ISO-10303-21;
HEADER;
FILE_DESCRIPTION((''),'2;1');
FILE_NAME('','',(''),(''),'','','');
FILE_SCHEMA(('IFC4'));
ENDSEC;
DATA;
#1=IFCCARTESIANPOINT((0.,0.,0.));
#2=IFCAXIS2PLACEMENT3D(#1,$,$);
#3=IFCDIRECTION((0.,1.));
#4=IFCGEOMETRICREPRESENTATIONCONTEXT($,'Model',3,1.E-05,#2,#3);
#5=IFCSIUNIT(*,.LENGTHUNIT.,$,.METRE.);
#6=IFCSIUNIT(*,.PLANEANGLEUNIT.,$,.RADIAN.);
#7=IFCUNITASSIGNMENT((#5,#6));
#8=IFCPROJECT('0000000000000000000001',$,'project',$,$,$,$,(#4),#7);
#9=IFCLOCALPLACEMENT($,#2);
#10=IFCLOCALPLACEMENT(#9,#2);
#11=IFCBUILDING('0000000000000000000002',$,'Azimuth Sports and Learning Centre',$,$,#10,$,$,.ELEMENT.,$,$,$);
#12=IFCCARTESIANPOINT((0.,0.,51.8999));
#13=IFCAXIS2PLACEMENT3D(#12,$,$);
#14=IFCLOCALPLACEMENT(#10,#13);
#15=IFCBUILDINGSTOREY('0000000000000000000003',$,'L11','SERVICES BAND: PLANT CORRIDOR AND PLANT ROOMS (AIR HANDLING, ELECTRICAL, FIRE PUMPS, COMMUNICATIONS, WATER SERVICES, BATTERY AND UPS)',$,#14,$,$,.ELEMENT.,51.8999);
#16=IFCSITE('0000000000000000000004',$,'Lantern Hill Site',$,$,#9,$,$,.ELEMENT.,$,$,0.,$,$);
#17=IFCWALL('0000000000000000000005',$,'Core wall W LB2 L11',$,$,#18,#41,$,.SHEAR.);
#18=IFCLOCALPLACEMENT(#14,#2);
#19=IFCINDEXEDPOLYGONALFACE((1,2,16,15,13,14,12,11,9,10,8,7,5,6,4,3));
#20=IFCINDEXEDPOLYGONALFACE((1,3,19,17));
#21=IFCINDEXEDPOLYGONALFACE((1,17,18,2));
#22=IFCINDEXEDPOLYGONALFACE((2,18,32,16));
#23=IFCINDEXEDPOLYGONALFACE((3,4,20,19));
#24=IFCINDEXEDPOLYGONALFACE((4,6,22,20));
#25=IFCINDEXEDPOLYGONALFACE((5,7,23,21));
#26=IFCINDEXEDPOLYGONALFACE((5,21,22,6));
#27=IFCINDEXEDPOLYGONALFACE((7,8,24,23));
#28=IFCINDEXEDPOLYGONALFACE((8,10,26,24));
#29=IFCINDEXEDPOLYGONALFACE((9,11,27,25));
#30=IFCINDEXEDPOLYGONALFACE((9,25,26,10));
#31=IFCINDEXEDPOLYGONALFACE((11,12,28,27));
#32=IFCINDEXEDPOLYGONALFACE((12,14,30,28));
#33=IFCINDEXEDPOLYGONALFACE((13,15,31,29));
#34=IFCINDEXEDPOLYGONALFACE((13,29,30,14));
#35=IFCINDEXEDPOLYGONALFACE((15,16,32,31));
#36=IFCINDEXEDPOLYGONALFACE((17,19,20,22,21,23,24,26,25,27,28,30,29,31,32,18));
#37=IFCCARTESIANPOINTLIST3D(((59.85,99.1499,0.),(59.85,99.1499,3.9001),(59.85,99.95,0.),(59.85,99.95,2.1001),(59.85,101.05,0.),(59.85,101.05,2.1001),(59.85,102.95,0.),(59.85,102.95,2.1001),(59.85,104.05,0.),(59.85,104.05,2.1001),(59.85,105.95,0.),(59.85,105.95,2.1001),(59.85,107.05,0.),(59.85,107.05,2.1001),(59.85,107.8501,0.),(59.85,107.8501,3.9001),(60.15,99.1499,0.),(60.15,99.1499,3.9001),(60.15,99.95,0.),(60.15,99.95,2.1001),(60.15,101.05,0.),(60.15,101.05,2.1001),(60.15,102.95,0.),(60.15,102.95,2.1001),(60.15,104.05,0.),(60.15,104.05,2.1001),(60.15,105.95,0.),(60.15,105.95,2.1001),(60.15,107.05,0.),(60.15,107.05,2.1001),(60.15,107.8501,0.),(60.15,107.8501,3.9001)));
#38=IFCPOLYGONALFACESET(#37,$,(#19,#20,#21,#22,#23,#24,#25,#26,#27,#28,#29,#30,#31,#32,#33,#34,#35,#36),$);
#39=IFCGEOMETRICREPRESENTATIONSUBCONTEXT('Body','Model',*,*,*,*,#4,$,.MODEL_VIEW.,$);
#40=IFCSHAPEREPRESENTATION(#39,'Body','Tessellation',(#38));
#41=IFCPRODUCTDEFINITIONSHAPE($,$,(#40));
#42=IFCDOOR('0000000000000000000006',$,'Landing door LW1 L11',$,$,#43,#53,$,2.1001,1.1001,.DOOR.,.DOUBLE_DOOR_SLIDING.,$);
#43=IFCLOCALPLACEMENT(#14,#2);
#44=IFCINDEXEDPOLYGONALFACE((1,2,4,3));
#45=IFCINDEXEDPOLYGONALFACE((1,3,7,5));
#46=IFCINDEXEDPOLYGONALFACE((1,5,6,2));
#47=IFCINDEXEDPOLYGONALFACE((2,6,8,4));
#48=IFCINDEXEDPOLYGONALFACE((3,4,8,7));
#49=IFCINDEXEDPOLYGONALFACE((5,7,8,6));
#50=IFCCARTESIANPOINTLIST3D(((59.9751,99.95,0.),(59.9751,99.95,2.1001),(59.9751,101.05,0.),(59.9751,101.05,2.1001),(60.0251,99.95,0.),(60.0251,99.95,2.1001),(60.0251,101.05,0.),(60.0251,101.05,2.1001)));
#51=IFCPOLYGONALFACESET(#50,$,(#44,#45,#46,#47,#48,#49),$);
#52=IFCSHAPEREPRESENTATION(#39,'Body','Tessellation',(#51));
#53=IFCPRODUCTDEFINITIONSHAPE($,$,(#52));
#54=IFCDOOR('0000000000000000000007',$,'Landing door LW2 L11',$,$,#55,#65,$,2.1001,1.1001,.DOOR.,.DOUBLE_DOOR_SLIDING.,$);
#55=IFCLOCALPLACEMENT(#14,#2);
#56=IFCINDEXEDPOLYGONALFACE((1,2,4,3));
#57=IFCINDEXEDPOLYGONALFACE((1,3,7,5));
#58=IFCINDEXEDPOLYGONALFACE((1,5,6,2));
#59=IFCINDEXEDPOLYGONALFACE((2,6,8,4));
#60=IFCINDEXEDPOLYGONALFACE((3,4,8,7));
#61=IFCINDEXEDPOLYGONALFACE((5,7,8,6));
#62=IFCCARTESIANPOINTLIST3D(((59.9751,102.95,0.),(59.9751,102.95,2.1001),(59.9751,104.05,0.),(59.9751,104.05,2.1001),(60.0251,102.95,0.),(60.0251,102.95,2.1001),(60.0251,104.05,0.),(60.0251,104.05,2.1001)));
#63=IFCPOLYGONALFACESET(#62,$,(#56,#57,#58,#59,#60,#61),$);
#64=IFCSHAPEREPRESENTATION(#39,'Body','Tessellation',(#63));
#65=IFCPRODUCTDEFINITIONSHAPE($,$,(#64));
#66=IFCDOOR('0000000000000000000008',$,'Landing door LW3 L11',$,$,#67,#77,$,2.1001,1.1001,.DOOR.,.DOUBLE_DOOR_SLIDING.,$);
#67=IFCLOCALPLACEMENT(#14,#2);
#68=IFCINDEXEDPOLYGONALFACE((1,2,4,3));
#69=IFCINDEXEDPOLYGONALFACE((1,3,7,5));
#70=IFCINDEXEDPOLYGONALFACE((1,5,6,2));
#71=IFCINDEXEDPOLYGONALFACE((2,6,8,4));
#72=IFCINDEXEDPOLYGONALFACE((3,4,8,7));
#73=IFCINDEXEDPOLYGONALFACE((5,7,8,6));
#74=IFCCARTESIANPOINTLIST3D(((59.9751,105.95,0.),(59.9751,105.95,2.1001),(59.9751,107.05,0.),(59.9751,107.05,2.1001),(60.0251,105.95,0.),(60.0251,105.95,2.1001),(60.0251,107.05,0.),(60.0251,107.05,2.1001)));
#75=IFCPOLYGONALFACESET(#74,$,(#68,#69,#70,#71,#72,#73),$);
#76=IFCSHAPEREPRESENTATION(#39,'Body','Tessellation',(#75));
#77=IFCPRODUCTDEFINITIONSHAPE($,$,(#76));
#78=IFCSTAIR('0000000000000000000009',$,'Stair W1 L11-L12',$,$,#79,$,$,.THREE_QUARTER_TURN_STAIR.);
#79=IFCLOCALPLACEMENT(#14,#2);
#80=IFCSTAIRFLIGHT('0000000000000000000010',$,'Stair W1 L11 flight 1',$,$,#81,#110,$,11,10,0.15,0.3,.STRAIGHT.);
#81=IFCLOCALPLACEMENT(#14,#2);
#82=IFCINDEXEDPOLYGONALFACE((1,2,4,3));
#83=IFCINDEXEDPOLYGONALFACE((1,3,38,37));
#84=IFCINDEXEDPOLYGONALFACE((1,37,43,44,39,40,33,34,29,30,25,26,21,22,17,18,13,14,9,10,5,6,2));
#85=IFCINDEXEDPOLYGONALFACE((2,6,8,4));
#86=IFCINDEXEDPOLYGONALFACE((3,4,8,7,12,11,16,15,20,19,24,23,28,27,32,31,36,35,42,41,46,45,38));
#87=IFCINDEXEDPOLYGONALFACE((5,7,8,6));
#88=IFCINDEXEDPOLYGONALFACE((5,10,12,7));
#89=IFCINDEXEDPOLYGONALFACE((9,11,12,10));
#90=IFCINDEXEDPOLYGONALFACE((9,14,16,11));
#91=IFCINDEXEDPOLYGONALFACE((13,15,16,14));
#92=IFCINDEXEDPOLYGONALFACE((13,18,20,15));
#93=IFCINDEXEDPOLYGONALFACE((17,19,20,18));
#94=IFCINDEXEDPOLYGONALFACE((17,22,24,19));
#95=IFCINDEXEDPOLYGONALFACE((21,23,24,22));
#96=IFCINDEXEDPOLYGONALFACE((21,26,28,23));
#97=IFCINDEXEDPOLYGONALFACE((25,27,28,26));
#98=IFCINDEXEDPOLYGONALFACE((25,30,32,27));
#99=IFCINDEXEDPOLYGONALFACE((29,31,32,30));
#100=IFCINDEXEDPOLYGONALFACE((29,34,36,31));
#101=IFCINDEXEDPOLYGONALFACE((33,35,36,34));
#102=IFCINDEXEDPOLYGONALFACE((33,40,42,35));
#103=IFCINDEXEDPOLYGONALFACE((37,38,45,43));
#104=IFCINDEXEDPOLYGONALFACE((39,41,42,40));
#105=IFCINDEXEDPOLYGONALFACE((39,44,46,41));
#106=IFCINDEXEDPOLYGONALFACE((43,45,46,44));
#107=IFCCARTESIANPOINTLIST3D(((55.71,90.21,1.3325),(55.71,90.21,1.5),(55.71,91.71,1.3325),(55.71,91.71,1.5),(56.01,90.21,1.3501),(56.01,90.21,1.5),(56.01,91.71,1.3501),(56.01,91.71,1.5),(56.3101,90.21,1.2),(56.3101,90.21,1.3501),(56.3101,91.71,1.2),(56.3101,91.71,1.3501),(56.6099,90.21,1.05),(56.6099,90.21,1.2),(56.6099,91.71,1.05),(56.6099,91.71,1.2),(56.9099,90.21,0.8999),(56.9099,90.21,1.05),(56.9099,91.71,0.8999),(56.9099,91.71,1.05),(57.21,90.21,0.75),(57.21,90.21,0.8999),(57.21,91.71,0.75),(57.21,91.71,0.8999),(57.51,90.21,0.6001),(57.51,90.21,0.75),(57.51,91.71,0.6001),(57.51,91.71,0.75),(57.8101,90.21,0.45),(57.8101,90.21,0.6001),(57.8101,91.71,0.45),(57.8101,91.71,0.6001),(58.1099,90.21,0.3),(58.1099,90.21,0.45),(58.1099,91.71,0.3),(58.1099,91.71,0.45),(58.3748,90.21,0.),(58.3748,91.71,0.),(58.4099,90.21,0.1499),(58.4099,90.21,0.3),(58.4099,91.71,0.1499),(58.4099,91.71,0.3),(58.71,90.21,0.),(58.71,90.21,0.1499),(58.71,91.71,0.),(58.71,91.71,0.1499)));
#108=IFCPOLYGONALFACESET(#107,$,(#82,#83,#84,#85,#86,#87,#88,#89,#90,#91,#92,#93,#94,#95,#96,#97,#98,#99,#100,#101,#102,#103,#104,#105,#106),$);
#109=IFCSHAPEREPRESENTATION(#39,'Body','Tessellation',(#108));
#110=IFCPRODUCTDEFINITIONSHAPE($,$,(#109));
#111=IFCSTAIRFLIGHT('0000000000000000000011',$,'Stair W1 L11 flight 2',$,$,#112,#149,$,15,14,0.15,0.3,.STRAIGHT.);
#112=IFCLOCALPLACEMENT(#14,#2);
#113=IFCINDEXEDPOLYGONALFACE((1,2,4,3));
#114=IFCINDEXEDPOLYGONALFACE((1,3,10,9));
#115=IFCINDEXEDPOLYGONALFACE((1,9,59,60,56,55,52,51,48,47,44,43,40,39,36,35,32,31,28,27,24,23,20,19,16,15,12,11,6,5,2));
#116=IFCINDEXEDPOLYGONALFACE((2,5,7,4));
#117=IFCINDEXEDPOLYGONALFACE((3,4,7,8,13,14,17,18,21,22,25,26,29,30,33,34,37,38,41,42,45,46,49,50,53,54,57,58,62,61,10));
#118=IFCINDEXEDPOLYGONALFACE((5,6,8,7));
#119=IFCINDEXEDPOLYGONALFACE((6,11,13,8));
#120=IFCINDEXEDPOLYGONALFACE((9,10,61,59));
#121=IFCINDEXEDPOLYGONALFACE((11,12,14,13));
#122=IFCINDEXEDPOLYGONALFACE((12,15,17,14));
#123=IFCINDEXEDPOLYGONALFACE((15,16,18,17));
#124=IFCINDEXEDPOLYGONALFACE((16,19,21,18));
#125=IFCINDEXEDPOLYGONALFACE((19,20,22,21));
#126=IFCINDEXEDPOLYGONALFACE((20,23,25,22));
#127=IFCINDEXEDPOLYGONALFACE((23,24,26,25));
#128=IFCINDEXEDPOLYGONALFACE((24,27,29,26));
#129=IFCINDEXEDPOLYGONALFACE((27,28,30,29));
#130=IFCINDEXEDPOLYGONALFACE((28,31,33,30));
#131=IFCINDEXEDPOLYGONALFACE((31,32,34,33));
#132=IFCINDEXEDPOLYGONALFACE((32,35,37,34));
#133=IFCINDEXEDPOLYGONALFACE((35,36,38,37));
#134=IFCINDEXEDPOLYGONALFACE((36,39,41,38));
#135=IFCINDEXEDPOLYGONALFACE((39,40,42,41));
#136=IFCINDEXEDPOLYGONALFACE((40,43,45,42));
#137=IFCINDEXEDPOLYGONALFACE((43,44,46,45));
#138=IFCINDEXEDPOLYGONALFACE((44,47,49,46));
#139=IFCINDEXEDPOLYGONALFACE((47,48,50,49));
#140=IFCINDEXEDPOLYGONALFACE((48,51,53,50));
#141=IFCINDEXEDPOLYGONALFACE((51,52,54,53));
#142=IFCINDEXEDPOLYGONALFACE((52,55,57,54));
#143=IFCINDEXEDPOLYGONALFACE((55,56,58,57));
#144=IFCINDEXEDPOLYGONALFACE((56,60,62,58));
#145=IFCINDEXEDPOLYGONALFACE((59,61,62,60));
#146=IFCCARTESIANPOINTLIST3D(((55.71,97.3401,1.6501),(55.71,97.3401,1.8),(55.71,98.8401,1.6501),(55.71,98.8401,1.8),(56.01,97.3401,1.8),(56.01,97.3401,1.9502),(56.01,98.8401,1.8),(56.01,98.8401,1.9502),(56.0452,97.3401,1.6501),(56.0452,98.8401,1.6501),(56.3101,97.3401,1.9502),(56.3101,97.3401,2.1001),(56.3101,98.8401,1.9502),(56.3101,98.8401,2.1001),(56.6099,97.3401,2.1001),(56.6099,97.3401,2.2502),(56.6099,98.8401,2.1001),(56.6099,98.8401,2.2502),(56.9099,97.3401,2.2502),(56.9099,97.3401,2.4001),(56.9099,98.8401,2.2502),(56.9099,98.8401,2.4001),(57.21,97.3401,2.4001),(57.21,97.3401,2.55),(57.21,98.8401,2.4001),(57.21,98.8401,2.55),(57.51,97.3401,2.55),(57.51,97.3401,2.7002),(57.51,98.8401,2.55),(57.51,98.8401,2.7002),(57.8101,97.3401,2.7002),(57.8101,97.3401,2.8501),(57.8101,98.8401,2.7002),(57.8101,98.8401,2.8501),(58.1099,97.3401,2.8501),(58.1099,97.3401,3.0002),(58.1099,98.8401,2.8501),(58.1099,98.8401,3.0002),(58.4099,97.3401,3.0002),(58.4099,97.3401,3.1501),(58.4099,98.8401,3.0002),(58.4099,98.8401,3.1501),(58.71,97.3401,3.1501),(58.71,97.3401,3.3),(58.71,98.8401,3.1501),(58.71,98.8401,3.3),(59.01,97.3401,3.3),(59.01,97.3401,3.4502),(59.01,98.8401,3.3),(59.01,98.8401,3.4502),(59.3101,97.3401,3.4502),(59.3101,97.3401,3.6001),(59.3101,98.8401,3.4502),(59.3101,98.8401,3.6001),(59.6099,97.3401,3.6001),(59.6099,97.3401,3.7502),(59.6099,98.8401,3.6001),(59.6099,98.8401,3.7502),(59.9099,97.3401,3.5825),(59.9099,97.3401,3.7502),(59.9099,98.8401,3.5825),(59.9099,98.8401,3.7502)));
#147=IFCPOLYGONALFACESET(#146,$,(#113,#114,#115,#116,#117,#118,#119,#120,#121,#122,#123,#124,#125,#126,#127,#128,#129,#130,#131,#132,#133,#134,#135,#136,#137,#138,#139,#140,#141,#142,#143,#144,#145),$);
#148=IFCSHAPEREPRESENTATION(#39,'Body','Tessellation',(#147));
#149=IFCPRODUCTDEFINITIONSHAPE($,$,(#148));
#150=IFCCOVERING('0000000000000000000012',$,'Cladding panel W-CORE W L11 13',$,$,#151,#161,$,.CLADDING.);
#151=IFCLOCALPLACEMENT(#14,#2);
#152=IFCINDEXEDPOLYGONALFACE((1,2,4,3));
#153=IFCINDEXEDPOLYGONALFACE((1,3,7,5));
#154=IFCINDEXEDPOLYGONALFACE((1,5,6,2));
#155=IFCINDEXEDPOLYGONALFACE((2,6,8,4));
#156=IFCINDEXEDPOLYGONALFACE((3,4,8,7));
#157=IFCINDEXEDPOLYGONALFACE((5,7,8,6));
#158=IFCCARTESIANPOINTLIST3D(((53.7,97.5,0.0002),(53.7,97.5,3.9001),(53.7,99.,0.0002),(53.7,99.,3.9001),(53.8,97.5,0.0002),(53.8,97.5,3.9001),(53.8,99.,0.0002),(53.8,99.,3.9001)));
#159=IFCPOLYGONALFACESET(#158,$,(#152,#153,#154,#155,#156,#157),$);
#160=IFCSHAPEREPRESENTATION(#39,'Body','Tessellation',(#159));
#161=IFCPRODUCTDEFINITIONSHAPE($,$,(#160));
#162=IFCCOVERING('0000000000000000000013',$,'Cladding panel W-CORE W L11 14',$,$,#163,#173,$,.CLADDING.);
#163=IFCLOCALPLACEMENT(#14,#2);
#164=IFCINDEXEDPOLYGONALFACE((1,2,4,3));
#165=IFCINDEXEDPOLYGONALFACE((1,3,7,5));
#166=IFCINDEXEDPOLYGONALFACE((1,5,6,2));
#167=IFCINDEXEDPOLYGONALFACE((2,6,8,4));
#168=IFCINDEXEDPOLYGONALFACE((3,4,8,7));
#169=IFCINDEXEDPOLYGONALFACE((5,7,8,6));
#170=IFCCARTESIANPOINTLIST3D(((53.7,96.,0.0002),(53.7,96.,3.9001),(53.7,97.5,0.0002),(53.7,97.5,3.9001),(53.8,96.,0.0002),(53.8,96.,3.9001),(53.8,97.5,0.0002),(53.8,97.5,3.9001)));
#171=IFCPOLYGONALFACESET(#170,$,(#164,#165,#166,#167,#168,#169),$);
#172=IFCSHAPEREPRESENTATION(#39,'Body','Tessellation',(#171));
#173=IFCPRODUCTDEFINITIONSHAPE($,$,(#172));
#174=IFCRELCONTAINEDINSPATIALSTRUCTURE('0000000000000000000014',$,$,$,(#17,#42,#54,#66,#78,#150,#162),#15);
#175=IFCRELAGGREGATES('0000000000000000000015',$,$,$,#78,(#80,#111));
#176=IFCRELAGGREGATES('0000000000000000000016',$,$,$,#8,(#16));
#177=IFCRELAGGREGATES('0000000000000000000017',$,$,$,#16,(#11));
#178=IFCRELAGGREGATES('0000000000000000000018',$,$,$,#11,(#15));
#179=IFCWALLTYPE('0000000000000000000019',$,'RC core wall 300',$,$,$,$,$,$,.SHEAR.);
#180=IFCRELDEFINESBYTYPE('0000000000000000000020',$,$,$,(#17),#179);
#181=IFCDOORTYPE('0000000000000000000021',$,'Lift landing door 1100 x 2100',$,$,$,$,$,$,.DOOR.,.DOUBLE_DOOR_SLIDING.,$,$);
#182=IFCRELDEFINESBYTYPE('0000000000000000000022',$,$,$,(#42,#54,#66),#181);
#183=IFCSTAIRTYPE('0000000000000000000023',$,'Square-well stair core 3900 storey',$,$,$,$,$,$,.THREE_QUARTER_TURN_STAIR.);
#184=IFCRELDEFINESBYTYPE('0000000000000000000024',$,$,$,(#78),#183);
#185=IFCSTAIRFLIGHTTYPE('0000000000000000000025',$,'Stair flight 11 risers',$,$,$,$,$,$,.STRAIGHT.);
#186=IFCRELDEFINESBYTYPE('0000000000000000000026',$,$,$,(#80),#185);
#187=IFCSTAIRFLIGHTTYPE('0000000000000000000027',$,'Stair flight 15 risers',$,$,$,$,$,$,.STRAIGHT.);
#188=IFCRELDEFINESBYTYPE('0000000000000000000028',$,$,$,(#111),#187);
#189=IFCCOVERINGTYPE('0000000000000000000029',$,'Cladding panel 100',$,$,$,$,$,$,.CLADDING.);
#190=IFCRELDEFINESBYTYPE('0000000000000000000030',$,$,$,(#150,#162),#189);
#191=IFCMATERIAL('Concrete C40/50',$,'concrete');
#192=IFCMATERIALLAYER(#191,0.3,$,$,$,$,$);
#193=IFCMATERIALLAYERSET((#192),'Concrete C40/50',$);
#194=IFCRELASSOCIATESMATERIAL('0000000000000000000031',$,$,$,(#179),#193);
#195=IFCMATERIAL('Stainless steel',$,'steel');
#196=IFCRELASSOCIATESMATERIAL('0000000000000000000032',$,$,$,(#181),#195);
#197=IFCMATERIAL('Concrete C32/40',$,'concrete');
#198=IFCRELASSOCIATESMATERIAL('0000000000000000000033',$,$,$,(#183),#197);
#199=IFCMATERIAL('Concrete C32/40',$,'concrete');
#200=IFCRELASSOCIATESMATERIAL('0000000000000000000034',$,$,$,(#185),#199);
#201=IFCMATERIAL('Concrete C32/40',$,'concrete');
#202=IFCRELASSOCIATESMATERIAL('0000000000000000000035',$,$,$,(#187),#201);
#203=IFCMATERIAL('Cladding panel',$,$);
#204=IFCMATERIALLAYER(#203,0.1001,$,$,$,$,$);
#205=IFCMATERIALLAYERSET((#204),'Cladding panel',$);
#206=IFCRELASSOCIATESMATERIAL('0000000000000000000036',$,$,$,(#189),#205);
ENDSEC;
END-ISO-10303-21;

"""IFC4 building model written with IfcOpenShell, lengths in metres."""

from ifc_helpers import new_model, si_unit, direction, frame, frame_2d, origin, origin_2d, place, context, subcontext, project, spatial, polyline, rectangle, outline, extrude, material, layer, layer_set, type_object, element, fill, aggregate, save


model = new_model("IFC4")

# Units and contexts
model_context = context("Model", 3, precision=1e-05, world=origin(), true_north=direction((0.0, 1.0)))
body_context = subcontext(model_context, "Body", "Model", "MODEL_VIEW")
ifc_project = project(units=[si_unit("LENGTHUNIT", "METRE"), si_unit("PLANEANGLEUNIT", "RADIAN")], contexts=[model_context])

# Site, building, storey
site_placement = place(None, origin())
site = spatial("IfcSite", under=ifc_project, at=site_placement, Name="Lantern Hill Site", CompositionType="ELEMENT", RefElevation=0.0)
building_placement = place(site_placement, origin())
building = spatial("IfcBuilding", under=site, at=building_placement, Name="Azimuth Sports and Learning Centre", CompositionType="ELEMENT")
storey_placement = place(building_placement, frame((0.0, 0.0, 51.8999)))
storey = spatial("IfcBuildingStorey", under=building, at=storey_placement, Name="L11", Description="SERVICES BAND: PLANT CORRIDOR AND PLANT ROOMS (AIR HANDLING, ELECTRICAL, FIRE PUMPS, COMMUNICATIONS, WATER SERVICES, BATTERY AND UPS)", CompositionType="ELEMENT", Elevation=51.8999)

# Shared definitions
ifc_material_1 = material(Name="Concrete C40/50", Category="concrete")
ifc_layer_1 = layer(ifc_material_1, 0.3)
ifc_layer_set_1 = layer_set([ifc_layer_1], Name="Concrete C40/50")
wall_type = type_object("IfcWallType", Name="RC core wall 300", PredefinedType="SHEAR", material=ifc_layer_set_1)

# Wall, openings, doors
wall_1_placement = place(storey_placement, frame((60.0, 99.1499, 0.0), z_axis=(0.0, 0.0, 1.0), x_axis=(0.0, 1.0, 0.0)))
wall_1 = element("IfcWall", 1, at=wall_1_placement, inside=storey, type_object=wall_type, Name="Core wall W LB2 L11", PredefinedType="SHEAR", context=body_context, shape_type="SweptSolid", body=[
    extrude(rectangle(XDim=8.7002, YDim=0.3, at=frame_2d((4.3501, 0.0))), origin(), (0.0, 0.0, 1.0), 3.9001),
])
opening_1_placement = place(wall_1_placement, frame((0.8, 0.0, 0.0)))
opening_1 = element("IfcOpeningElement", 2, at=opening_1_placement, cuts=wall_1, PredefinedType="OPENING", context=body_context, shape_type="SweptSolid", body=[
    extrude(rectangle(XDim=1.1001, YDim=2.1001, at=frame_2d((0.55, 1.05))), frame((0.0, 0.1611, 0.0), z_axis=(0.0, -1.0, 0.0), x_axis=(1.0, 0.0, 0.0)), (0.0, 0.0, 1.0), 0.322),
])
opening_2_placement = place(wall_1_placement, frame((3.8, 0.0, 0.0)))
opening_2 = element("IfcOpeningElement", 3, at=opening_2_placement, cuts=wall_1, PredefinedType="OPENING", context=body_context, shape_type="SweptSolid", body=[
    extrude(rectangle(XDim=1.1001, YDim=2.1001, at=frame_2d((0.55, 1.05))), frame((0.0, 0.1611, 0.0), z_axis=(0.0, -1.0, 0.0), x_axis=(1.0, 0.0, 0.0)), (0.0, 0.0, 1.0), 0.322),
])
opening_3_placement = place(wall_1_placement, frame((6.8, 0.0, 0.0)))
opening_3 = element("IfcOpeningElement", 4, at=opening_3_placement, cuts=wall_1, PredefinedType="OPENING", context=body_context, shape_type="SweptSolid", body=[
    extrude(rectangle(XDim=1.1001, YDim=2.1001, at=frame_2d((0.55, 1.05))), frame((0.0, 0.1611, 0.0), z_axis=(0.0, -1.0, 0.0), x_axis=(1.0, 0.0, 0.0)), (0.0, 0.0, 1.0), 0.322),
])
ifc_material_2 = material(Name="Stainless steel", Category="steel")
door_type = type_object("IfcDoorType", Name="Lift landing door 1100 x 2100", OperationType="DOUBLE_DOOR_SLIDING", PredefinedType="DOOR", material=ifc_material_2)
door_1_placement = place(opening_1_placement, origin())
door_1 = element("IfcDoor", 5, at=door_1_placement, inside=storey, type_object=door_type, Name="Landing door LW1 L11", OperationType="DOUBLE_DOOR_SLIDING", OverallHeight=2.1001, OverallWidth=1.1001, PredefinedType="DOOR", context=body_context, shape_type="SweptSolid", body=[
    extrude(rectangle(XDim=1.1001, YDim=2.1001, at=frame_2d((0.55, 1.05))), frame((0.0, 0.0249, 0.0), z_axis=(0.0, -1.0, 0.0), x_axis=(1.0, 0.0, 0.0)), (0.0, 0.0, 1.0), 0.05),
])
fill(opening_1, door_1)
door_2_placement = place(opening_2_placement, origin())
door_2 = element("IfcDoor", 6, at=door_2_placement, inside=storey, type_object=door_type, Name="Landing door LW2 L11", OperationType="DOUBLE_DOOR_SLIDING", OverallHeight=2.1001, OverallWidth=1.1001, PredefinedType="DOOR", context=body_context, shape_type="SweptSolid", body=[
    extrude(rectangle(XDim=1.1001, YDim=2.1001, at=frame_2d((0.55, 1.05))), frame((0.0, 0.0249, 0.0), z_axis=(0.0, -1.0, 0.0), x_axis=(1.0, 0.0, 0.0)), (0.0, 0.0, 1.0), 0.05),
])
fill(opening_2, door_2)
door_3_placement = place(opening_3_placement, origin())
door_3 = element("IfcDoor", 7, at=door_3_placement, inside=storey, type_object=door_type, Name="Landing door LW3 L11", OperationType="DOUBLE_DOOR_SLIDING", OverallHeight=2.1001, OverallWidth=1.1001, PredefinedType="DOOR", context=body_context, shape_type="SweptSolid", body=[
    extrude(rectangle(XDim=1.1001, YDim=2.1001, at=frame_2d((0.55, 1.05))), frame((0.0, 0.0249, 0.0), z_axis=(0.0, -1.0, 0.0), x_axis=(1.0, 0.0, 0.0)), (0.0, 0.0, 1.0), 0.05),
])
fill(opening_3, door_3)

# Stair, stair flights
ifc_material_3 = material(Name="Concrete C32/40", Category="concrete")
stair_type = type_object("IfcStairType", Name="Square-well stair core 3900 storey", PredefinedType="THREE_QUARTER_TURN_STAIR", material=ifc_material_3)
stair_placement = place(storey_placement, origin())
stair = element("IfcStair", 8, at=stair_placement, inside=storey, type_object=stair_type, Name="Stair W1 L11-L12", PredefinedType="THREE_QUARTER_TURN_STAIR")
ifc_material_4 = material(Name="Concrete C32/40", Category="concrete")
stair_flight_type_1 = type_object("IfcStairFlightType", Name="Stair flight 11 risers", PredefinedType="STRAIGHT", material=ifc_material_4)
stair_flight_1_placement = place(storey_placement, frame((58.71, 90.96, 0.0), z_axis=(0.0, 0.0, 1.0), x_axis=(-1.0, 0.0, 0.0)))
stair_flight_1 = element("IfcStairFlight", 9, at=stair_flight_1_placement, type_object=stair_flight_type_1, Name="Stair W1 L11 flight 1", NumberOfRisers=11, NumberOfTreads=10, PredefinedType="STRAIGHT", RiserHeight=0.15, TreadLength=0.3, context=body_context, shape_type="SweptSolid", body=[
    extrude(outline(polyline([(0.0, 0.0), (0.0, 0.1499), (0.3, 0.1499), (0.3, 0.3), (0.6001, 0.3), (0.6001, 0.45), (0.8999, 0.45), (0.8999, 0.6001), (1.2, 0.6001), (1.2, 0.75), (1.5, 0.75), (1.5, 0.8999), (1.8, 0.8999), (1.8, 1.05), (2.1001, 1.05), (2.1001, 1.2), (2.3999, 1.2), (2.3999, 1.3501), (2.7, 1.3501), (2.7, 1.5), (3.0, 1.5), (3.0, 1.6499), (3.0, 1.3325), (0.3352, 0.0), (0.0, 0.0)])), frame((0.0, 0.75, 0.0), z_axis=(0.0, -1.0, 0.0), x_axis=(1.0, 0.0, 0.0)), (0.0, 0.0, 1.0), 1.5),
])
ifc_material_5 = material(Name="Concrete C32/40", Category="concrete")
stair_flight_type_2 = type_object("IfcStairFlightType", Name="Stair flight 15 risers", PredefinedType="STRAIGHT", material=ifc_material_5)
stair_flight_2_placement = place(storey_placement, frame((55.71, 98.0901, 1.6501), z_axis=(0.0, 0.0, 1.0), x_axis=(1.0, 0.0, 0.0)))
stair_flight_2 = element("IfcStairFlight", 10, at=stair_flight_2_placement, type_object=stair_flight_type_2, Name="Stair W1 L11 flight 2", NumberOfRisers=15, NumberOfTreads=14, PredefinedType="STRAIGHT", RiserHeight=0.15, TreadLength=0.3, context=body_context, shape_type="SweptSolid", body=[
    extrude(outline(polyline([(0.0, 0.0), (0.0, 0.1499), (0.3, 0.1499), (0.3, 0.3), (0.6001, 0.3), (0.6001, 0.45), (0.8999, 0.45), (0.8999, 0.6001), (1.2, 0.6001), (1.2, 0.75), (1.5, 0.75), (1.5, 0.8999), (1.8, 0.8999), (1.8, 1.05), (2.1001, 1.05), (2.1001, 1.2), (2.3999, 1.2), (2.3999, 1.3501), (2.7, 1.3501), (2.7, 1.5), (3.0, 1.5), (3.0, 1.6499), (3.3, 1.6499), (3.3, 1.8), (3.6001, 1.8), (3.6001, 1.95), (3.8999, 1.95), (3.8999, 2.1001), (4.2, 2.1001), (4.2, 2.25), (4.2, 1.9324), (0.3352, 0.0), (0.0, 0.0)])), frame((0.0, 0.75, 0.0), z_axis=(0.0, -1.0, 0.0), x_axis=(1.0, 0.0, 0.0)), (0.0, 0.0, 1.0), 1.5),
])
aggregate(stair, [stair_flight_1, stair_flight_2])

# Coverings
ifc_material_6 = material(Name="Cladding panel")
ifc_layer_2 = layer(ifc_material_6, 0.1001)
ifc_layer_set_2 = layer_set([ifc_layer_2], Name="Cladding panel")
covering_type = type_object("IfcCoveringType", Name="Cladding panel 100", PredefinedType="CLADDING", material=ifc_layer_set_2)
for number, where, z_axis, x_axis, name in (
    (11, (53.75, 98.25, 0.0002), (0.0, 0.0, 1.0), (0.0, -1.0, 0.0), "Cladding panel W-CORE W L11 13"),
    (12, (53.75, 96.75, 0.0002), (0.0, 0.0, 1.0), (0.0, -1.0, 0.0), "Cladding panel W-CORE W L11 14"),
):
    element("IfcCovering", number, at=place(storey_placement, frame(where, z_axis=z_axis, x_axis=x_axis)), inside=storey, type_object=covering_type, Name=name, PredefinedType="CLADDING", context=body_context, shape_type="SweptSolid", body=[
        extrude(rectangle(XDim=1.5, YDim=0.1001, at=origin_2d()), origin(), (0.0, 0.0, 1.0), 3.8999),
    ])

save(model, "model.ifc")
